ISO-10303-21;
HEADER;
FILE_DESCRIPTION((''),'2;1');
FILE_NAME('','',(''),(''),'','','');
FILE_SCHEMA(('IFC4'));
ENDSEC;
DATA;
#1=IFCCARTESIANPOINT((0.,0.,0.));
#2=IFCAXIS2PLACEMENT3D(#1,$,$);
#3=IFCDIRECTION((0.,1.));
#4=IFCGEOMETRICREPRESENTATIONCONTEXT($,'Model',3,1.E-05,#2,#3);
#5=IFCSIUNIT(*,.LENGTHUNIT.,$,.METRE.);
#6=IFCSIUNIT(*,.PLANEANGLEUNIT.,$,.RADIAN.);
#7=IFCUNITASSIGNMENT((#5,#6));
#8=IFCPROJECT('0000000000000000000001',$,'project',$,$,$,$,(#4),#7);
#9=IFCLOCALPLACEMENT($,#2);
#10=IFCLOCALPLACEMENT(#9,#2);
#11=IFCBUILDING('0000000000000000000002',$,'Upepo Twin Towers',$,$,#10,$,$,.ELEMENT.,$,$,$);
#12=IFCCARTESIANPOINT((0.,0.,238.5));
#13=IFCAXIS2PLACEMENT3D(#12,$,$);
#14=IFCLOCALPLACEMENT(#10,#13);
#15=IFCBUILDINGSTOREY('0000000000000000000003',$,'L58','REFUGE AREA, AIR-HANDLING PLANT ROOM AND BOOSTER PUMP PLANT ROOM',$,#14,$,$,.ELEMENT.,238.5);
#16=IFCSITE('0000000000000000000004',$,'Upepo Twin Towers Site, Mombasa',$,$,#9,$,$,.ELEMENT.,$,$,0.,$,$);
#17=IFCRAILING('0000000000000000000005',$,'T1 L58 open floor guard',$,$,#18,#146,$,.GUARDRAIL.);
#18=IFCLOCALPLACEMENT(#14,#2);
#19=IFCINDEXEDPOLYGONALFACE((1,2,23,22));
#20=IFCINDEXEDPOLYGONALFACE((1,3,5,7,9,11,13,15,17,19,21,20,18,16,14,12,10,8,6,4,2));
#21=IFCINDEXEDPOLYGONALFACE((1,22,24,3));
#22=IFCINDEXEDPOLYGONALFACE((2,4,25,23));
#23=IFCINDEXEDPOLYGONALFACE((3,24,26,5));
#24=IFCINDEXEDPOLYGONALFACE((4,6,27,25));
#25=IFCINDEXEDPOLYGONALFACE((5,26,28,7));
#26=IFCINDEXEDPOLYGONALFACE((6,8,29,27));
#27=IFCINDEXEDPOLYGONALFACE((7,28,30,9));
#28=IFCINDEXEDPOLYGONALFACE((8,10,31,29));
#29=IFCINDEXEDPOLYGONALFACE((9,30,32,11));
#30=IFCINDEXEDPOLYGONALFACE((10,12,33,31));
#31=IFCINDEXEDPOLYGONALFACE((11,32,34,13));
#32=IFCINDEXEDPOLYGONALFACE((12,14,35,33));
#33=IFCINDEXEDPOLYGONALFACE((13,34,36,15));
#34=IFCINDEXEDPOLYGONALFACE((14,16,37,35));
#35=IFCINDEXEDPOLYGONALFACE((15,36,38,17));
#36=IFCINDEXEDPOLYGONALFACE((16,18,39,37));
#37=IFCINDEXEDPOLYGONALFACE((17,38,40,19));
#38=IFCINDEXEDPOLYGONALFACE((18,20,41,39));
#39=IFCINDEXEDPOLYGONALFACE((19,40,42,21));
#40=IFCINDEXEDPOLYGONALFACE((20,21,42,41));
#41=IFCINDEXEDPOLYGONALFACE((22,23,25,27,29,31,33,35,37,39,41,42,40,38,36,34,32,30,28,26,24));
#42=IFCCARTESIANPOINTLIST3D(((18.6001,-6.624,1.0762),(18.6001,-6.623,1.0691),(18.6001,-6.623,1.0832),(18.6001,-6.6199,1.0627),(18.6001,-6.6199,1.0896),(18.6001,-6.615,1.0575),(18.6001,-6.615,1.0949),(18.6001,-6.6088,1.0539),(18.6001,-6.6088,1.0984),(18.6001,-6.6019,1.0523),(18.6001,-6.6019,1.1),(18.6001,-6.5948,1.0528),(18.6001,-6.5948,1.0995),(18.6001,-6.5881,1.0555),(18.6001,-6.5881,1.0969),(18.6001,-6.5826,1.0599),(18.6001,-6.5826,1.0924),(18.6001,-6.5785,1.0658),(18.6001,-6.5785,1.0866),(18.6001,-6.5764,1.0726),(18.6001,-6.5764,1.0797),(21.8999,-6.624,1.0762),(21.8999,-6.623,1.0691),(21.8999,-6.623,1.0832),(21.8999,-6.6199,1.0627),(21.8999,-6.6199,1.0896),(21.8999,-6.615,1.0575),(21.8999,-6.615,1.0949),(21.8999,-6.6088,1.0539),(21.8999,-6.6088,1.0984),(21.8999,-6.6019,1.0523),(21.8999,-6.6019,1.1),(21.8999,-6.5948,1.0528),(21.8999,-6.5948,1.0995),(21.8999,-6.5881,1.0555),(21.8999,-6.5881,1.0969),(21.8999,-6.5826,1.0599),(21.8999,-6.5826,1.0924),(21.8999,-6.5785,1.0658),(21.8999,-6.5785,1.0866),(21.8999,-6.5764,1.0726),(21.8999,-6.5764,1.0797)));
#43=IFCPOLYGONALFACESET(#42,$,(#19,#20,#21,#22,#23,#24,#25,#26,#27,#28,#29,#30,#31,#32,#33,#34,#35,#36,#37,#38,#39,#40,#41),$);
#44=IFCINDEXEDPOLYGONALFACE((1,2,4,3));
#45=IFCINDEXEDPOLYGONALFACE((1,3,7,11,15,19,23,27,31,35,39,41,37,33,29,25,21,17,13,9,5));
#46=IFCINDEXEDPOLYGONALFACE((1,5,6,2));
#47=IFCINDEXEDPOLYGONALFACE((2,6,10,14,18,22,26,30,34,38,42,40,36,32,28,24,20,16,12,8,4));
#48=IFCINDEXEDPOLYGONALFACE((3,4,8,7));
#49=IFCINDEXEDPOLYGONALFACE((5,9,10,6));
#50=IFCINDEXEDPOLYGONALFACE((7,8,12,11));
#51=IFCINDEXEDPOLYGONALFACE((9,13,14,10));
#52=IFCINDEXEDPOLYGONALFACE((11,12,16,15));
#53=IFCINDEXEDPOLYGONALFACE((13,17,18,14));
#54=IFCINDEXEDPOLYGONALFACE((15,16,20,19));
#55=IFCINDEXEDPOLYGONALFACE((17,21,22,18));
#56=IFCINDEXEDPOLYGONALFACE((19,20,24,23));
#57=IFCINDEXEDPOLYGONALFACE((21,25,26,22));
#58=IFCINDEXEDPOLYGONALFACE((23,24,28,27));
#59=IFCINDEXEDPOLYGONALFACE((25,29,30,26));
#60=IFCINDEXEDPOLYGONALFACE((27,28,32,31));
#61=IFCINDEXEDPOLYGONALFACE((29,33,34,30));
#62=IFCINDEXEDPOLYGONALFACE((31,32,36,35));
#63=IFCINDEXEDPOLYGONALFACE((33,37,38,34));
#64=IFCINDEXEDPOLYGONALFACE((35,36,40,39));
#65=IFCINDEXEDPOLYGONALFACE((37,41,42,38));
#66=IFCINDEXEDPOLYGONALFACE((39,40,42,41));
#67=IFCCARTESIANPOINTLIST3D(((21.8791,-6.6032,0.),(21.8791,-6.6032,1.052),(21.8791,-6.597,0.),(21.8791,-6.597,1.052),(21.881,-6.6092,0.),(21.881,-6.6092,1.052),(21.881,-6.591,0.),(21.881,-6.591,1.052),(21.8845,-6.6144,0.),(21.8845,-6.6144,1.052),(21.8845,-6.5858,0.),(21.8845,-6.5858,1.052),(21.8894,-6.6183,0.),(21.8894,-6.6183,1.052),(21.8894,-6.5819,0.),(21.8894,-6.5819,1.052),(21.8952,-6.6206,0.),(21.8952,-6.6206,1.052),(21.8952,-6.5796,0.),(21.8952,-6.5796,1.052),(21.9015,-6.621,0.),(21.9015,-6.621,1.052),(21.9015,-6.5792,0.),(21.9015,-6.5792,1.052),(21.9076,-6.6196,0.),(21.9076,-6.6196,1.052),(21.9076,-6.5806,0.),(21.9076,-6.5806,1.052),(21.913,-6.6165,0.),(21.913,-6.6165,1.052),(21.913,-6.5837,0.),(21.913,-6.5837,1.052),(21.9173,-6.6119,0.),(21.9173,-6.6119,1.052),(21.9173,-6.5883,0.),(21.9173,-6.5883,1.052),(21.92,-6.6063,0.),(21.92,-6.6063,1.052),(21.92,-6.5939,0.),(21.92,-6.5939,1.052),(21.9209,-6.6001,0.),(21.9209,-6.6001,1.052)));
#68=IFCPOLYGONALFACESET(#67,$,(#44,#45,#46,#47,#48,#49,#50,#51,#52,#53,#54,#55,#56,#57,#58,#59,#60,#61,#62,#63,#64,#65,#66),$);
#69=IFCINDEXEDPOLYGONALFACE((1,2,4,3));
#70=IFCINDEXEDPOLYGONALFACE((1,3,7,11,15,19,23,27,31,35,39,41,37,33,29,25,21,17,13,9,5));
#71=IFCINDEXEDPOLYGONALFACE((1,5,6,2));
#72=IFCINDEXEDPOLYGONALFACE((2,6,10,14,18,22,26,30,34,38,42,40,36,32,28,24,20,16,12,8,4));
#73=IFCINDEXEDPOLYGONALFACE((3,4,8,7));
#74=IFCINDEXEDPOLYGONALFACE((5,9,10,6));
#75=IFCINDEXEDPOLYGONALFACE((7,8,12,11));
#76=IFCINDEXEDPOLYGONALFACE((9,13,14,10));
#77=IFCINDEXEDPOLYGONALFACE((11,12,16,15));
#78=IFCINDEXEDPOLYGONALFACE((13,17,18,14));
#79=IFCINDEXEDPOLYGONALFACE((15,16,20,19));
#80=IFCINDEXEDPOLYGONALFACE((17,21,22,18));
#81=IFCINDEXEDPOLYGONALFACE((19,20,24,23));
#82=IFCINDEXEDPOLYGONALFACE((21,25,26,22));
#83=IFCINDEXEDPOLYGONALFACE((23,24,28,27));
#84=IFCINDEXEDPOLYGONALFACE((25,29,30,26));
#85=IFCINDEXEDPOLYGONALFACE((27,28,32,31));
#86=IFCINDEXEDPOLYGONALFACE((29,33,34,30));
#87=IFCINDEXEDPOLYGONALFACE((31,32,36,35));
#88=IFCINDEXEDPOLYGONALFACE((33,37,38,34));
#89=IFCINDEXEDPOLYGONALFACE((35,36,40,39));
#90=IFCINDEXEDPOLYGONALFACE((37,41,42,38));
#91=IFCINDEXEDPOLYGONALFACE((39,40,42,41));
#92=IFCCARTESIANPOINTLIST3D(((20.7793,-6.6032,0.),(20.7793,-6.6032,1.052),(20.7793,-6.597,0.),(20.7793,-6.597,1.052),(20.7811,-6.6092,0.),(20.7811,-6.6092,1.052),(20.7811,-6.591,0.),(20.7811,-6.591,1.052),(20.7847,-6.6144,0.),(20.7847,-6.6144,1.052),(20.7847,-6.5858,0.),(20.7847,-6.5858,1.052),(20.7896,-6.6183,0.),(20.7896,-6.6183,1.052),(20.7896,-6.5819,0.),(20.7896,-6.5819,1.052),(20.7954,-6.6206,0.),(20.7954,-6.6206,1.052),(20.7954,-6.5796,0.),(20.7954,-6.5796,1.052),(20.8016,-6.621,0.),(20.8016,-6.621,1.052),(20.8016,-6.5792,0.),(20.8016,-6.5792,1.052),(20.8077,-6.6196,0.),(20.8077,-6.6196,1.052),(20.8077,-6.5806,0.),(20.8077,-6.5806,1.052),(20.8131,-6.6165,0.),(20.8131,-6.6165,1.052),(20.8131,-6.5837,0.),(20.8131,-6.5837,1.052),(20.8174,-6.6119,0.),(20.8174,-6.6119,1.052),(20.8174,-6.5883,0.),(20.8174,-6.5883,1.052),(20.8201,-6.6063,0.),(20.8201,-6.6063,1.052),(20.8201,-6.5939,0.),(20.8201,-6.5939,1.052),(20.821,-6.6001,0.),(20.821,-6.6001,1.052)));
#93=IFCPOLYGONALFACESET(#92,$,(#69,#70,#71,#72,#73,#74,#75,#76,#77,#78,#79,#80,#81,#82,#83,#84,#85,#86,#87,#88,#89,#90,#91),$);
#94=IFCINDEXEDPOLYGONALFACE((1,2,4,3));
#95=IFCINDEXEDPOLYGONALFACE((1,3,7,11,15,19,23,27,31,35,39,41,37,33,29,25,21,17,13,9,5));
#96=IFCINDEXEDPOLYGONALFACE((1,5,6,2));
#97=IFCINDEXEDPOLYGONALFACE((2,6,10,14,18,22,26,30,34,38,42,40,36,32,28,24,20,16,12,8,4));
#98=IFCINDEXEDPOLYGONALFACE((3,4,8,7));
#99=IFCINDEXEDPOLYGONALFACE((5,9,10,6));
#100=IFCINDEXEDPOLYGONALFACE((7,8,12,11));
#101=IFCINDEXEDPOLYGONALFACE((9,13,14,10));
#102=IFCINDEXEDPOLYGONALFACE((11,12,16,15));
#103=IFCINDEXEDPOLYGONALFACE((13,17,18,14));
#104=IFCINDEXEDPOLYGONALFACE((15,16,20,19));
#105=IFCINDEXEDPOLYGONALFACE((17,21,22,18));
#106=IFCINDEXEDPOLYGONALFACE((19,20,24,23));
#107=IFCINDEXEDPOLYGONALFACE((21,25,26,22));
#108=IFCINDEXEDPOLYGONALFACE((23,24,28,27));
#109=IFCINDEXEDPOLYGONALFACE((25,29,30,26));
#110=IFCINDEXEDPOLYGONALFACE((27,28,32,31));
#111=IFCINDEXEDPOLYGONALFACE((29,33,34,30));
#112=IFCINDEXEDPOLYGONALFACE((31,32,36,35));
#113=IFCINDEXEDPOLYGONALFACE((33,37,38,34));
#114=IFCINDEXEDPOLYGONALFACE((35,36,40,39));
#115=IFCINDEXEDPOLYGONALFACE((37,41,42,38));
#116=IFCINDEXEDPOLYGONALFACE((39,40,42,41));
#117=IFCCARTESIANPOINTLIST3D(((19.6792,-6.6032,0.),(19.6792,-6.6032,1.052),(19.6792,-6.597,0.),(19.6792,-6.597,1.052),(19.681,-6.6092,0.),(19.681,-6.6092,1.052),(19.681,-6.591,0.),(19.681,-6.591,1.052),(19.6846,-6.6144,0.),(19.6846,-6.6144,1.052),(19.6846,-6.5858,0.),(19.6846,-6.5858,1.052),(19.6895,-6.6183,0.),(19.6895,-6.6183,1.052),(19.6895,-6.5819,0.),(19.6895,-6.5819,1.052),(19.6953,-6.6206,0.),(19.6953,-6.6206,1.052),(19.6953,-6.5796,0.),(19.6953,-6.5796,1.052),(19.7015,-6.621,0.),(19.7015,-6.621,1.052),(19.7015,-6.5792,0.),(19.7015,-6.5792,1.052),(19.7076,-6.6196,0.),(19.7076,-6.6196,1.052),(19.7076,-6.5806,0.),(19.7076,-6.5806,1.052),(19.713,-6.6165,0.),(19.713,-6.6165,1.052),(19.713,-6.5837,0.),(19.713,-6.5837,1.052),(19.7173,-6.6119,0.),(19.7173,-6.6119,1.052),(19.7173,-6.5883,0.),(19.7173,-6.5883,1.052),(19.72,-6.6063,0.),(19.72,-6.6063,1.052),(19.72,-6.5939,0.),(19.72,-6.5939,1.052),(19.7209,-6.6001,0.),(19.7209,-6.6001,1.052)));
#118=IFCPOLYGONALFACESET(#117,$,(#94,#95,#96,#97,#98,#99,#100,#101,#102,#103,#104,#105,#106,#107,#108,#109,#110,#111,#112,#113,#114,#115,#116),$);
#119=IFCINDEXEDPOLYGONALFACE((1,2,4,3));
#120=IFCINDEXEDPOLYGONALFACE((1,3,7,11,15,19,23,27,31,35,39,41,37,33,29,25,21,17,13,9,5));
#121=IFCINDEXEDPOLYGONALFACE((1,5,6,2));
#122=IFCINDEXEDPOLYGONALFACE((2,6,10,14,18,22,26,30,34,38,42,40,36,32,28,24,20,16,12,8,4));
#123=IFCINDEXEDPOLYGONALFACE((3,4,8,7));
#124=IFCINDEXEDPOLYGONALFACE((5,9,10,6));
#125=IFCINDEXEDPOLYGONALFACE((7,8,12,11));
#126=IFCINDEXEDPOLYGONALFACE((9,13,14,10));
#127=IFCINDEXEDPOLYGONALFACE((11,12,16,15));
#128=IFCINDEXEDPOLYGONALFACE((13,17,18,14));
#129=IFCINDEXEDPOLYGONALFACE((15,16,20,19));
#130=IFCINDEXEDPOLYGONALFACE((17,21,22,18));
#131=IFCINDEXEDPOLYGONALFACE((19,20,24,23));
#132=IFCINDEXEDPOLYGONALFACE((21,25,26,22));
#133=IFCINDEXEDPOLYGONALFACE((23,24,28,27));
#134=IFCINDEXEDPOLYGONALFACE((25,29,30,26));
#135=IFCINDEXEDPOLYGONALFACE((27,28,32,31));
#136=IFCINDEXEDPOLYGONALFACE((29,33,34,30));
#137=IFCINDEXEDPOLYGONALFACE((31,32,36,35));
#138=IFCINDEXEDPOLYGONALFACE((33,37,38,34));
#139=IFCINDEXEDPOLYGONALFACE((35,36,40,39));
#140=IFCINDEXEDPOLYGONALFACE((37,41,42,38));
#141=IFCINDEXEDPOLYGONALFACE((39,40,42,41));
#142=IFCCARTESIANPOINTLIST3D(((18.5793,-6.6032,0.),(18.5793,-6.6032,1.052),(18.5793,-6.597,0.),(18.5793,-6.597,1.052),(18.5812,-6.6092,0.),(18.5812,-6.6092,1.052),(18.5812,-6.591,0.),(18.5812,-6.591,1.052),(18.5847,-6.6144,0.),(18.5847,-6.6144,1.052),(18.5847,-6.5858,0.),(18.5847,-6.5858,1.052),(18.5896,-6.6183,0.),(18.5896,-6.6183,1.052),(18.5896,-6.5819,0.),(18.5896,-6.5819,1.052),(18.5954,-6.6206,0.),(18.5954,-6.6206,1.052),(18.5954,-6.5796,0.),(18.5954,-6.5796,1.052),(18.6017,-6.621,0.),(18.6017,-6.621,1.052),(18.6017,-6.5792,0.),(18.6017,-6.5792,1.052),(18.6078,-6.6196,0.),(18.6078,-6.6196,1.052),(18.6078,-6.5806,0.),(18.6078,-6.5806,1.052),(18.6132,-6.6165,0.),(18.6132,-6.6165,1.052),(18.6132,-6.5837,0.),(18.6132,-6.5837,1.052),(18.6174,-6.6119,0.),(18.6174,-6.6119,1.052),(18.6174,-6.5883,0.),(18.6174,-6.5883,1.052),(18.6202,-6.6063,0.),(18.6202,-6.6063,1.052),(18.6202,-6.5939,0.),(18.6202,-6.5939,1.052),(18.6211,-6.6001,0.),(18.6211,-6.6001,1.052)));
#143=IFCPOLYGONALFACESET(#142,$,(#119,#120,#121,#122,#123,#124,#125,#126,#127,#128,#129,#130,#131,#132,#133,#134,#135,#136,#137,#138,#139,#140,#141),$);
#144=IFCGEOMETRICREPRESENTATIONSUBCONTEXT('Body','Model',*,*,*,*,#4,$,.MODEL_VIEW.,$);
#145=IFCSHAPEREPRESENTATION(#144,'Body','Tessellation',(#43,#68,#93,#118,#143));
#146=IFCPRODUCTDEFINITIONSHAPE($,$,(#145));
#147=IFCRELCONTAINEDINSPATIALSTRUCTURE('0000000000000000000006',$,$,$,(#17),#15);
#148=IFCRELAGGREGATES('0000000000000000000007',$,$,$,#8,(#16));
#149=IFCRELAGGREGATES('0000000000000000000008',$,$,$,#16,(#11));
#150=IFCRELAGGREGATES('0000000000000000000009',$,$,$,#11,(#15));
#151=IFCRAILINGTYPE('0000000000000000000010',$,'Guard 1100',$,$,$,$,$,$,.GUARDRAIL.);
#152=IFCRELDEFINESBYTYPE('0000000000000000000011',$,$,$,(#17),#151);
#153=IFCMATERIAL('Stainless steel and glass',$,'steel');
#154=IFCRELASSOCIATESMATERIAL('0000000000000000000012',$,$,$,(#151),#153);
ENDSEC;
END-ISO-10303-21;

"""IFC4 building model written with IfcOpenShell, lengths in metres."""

from ifc_helpers import new_model, si_unit, direction, frame, origin, origin_2d, place, context, subcontext, project, spatial, circle, extrude, material, type_object, element, save


model = new_model("IFC4")

# Units and contexts
model_context = context("Model", 3, precision=1e-05, world=origin(), true_north=direction((0.0, 1.0)))
body_context = subcontext(model_context, "Body", "Model", "MODEL_VIEW")
ifc_project = project(units=[si_unit("LENGTHUNIT", "METRE"), si_unit("PLANEANGLEUNIT", "RADIAN")], contexts=[model_context])

# Site, building, storey
site_placement = place(None, origin())
site = spatial("IfcSite", under=ifc_project, at=site_placement, Name="Upepo Twin Towers Site, Mombasa", CompositionType="ELEMENT", RefElevation=0.0)
building_placement = place(site_placement, origin())
building = spatial("IfcBuilding", under=site, at=building_placement, Name="Upepo Twin Towers", CompositionType="ELEMENT")
storey_placement = place(building_placement, frame((0.0, 0.0, 238.5)))
storey = spatial("IfcBuildingStorey", under=building, at=storey_placement, Name="L58", Description="REFUGE AREA, AIR-HANDLING PLANT ROOM AND BOOSTER PUMP PLANT ROOM", CompositionType="ELEMENT", Elevation=238.5)

# Railing
ifc_material_1 = material(Name="Stainless steel and glass", Category="steel")
railing_type = type_object("IfcRailingType", Name="Guard 1100", PredefinedType="GUARDRAIL", material=ifc_material_1)
for number, where, name in (
    (1, (21.8999, -6.6001, 0.0), "T1 L58 open floor guard"),
):
    element("IfcRailing", number, at=place(storey_placement, frame(where)), inside=storey, type_object=railing_type, Name=name, PredefinedType="GUARDRAIL", context=body_context, shape_type="SweptSolid", body=[
        extrude(circle(Radius=0.0239, at=origin_2d()), frame((0.0, 0.0, 1.0762), z_axis=(-1.0, 0.0, 0.0), x_axis=(0.0, -1.0, 0.0)), (0.0, 0.0, 1.0), 3.2998),
        extrude(circle(Radius=0.021, at=origin_2d()), origin(), (0.0, 0.0, 1.0), 1.052),
        extrude(circle(Radius=0.021, at=origin_2d()), frame((-1.0999, 0.0, 0.0)), (0.0, 0.0, 1.0), 1.052),
        extrude(circle(Radius=0.021, at=origin_2d()), frame((-2.2, 0.0, 0.0)), (0.0, 0.0, 1.0), 1.052),
        extrude(circle(Radius=0.021, at=origin_2d()), frame((-3.2998, 0.0, 0.0)), (0.0, 0.0, 1.0), 1.052),
    ])

save(model, "model.ifc")
